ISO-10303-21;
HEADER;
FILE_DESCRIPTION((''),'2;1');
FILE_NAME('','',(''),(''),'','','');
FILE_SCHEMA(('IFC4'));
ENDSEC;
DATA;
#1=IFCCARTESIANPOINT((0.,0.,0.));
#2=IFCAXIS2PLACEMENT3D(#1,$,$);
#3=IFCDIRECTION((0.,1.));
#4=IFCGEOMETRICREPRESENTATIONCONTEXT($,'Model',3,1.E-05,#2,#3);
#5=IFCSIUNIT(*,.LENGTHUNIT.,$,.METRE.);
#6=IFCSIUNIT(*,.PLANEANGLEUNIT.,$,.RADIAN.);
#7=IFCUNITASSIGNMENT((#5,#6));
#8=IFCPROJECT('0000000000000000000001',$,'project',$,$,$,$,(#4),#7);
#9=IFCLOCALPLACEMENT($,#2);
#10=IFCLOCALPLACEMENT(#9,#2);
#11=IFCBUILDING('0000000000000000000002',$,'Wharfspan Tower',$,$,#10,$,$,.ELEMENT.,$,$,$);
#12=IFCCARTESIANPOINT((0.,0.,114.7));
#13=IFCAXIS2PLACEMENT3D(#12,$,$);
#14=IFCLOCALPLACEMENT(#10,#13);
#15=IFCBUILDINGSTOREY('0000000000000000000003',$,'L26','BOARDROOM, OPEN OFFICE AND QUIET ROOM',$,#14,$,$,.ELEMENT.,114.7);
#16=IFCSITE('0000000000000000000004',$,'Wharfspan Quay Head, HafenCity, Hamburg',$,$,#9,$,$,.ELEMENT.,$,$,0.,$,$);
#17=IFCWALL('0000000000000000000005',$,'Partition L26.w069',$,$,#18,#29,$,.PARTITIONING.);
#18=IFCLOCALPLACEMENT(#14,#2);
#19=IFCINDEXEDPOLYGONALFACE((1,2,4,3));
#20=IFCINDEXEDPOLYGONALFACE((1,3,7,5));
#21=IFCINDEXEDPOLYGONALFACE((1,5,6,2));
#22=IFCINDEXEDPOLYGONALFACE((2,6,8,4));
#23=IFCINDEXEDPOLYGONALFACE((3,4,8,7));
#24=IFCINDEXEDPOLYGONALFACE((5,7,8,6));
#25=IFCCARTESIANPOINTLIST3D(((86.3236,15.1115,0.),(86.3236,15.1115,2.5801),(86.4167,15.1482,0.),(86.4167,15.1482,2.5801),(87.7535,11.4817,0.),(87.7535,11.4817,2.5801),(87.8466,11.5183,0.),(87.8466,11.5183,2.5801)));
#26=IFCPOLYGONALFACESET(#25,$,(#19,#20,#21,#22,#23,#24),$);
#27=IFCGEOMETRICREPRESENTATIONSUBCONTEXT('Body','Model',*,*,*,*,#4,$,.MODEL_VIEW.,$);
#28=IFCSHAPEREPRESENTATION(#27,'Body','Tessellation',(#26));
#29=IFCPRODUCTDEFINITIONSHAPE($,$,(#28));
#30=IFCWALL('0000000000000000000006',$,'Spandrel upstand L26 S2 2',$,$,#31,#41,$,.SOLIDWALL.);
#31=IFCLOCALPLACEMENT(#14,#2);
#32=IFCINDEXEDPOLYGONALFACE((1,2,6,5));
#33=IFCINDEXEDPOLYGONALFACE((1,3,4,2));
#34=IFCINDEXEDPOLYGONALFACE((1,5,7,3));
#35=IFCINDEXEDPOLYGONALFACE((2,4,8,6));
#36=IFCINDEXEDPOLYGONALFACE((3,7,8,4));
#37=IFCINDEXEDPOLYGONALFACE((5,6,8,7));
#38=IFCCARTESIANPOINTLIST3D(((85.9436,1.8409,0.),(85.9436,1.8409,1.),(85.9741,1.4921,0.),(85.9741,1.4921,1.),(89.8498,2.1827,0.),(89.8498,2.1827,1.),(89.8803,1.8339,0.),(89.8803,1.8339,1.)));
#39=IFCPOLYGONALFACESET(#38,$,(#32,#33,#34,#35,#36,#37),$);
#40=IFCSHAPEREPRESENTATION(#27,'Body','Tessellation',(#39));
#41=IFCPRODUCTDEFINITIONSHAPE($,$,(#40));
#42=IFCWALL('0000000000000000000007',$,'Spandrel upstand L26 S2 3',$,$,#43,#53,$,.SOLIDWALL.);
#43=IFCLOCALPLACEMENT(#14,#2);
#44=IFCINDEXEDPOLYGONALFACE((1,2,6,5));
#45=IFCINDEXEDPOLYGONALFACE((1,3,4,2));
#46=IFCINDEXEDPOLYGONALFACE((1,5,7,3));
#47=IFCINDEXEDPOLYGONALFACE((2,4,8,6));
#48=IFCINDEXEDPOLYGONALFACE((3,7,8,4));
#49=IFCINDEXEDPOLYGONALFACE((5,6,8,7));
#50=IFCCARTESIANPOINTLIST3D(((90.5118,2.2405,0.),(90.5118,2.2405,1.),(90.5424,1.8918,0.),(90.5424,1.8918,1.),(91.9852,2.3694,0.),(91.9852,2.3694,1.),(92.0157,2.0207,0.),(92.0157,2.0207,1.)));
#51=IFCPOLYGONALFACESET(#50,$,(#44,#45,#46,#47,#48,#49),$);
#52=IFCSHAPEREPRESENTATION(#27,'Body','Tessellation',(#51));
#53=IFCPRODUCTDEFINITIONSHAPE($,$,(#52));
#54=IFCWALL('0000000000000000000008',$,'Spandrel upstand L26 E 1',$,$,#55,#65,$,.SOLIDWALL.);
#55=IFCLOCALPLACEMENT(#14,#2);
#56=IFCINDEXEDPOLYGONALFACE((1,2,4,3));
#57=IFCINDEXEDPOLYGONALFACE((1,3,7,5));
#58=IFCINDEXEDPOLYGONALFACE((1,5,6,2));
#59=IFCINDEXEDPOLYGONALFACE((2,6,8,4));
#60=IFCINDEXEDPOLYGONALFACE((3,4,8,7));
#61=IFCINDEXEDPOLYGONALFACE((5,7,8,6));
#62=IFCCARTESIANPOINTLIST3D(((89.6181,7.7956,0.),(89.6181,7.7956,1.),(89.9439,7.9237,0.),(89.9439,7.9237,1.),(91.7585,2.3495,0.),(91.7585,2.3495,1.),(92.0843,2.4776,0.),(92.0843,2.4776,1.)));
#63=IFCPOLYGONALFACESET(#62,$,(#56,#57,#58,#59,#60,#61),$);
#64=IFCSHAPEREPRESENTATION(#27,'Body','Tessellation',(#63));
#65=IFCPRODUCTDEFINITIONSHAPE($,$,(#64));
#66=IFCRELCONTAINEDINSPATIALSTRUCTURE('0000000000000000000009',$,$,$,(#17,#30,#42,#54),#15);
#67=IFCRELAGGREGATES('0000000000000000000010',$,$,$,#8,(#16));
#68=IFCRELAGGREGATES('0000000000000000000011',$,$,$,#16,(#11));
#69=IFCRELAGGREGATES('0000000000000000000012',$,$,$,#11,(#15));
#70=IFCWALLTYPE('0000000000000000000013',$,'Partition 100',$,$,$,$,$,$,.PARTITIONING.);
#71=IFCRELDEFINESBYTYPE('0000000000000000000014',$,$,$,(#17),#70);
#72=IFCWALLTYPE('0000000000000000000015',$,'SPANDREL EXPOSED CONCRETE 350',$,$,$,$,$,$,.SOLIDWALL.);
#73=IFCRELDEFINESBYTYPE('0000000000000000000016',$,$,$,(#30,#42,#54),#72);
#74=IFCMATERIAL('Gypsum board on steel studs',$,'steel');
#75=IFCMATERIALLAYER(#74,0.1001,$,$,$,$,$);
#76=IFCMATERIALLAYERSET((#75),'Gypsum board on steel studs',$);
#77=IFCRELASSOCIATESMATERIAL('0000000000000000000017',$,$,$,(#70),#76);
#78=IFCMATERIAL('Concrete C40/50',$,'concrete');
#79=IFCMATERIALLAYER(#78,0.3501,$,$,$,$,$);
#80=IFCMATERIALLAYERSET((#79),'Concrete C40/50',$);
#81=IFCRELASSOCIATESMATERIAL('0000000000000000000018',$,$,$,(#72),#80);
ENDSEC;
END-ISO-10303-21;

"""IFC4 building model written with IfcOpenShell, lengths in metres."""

from ifc_helpers import new_model, si_unit, direction, frame, frame_2d, origin, place, context, subcontext, project, spatial, rectangle, extrude, material, layer, layer_set, type_object, element, save


model = new_model("IFC4")

# Units and contexts
model_context = context("Model", 3, precision=1e-05, world=origin(), true_north=direction((0.0, 1.0)))
body_context = subcontext(model_context, "Body", "Model", "MODEL_VIEW")
ifc_project = project(units=[si_unit("LENGTHUNIT", "METRE"), si_unit("PLANEANGLEUNIT", "RADIAN")], contexts=[model_context])

# Site, building, storey
site_placement = place(None, origin())
site = spatial("IfcSite", under=ifc_project, at=site_placement, Name="Wharfspan Quay Head, HafenCity, Hamburg", CompositionType="ELEMENT", RefElevation=0.0)
building_placement = place(site_placement, origin())
building = spatial("IfcBuilding", under=site, at=building_placement, Name="Wharfspan Tower", CompositionType="ELEMENT")
storey_placement = place(building_placement, frame((0.0, 0.0, 114.7)))
storey = spatial("IfcBuildingStorey", under=building, at=storey_placement, Name="L26", Description="BOARDROOM, OPEN OFFICE AND QUIET ROOM", CompositionType="ELEMENT", Elevation=114.7)

# Walls
ifc_material_1 = material(Name="Gypsum board on steel studs", Category="steel")
ifc_layer_1 = layer(ifc_material_1, 0.1001)
ifc_layer_set_1 = layer_set([ifc_layer_1], Name="Gypsum board on steel studs")
wall_type_1 = type_object("IfcWallType", Name="Partition 100", PredefinedType="PARTITIONING", material=ifc_layer_set_1)
wall_1_placement = place(storey_placement, frame((87.8, 11.5, 0.0), z_axis=(0.0, 0.0, 1.0), x_axis=(-0.366521, 0.930414, 0.0)))
element("IfcWall", 1, at=wall_1_placement, inside=storey, type_object=wall_type_1, Name="Partition L26.w069", PredefinedType="PARTITIONING", context=body_context, shape_type="SweptSolid", body=[
    extrude(rectangle(XDim=3.9014, YDim=0.1001, at=frame_2d((1.9507, 0.0))), origin(), (0.0, 0.0, 1.0), 2.5801),
])
ifc_material_2 = material(Name="Concrete C40/50", Category="concrete")
ifc_layer_2 = layer(ifc_material_2, 0.3501)
ifc_layer_set_2 = layer_set([ifc_layer_2], Name="Concrete C40/50")
wall_type_2 = type_object("IfcWallType", Name="SPANDREL EXPOSED CONCRETE 350", PredefinedType="SOLIDWALL", material=ifc_layer_set_2)
wall_2_placement = place(storey_placement, frame((85.959, 1.6665, 0.0), z_axis=(0.0, 0.0, 1.0), x_axis=(0.996194, 0.087167, 0.0)))
element("IfcWall", 2, at=wall_2_placement, inside=storey, type_object=wall_type_2, Name="Spandrel upstand L26 S2 2", PredefinedType="SOLIDWALL", context=body_context, shape_type="SweptSolid", body=[
    extrude(rectangle(XDim=3.9211, YDim=0.3501, at=frame_2d((1.9604, 0.0))), origin(), (0.0, 0.0, 1.0), 1.0),
])
wall_3_placement = place(storey_placement, frame((90.5271, 2.0662, 0.0), z_axis=(0.0, 0.0, 1.0), x_axis=(0.996198, 0.087157, 0.0)))
element("IfcWall", 3, at=wall_3_placement, inside=storey, type_object=wall_type_2, Name="Spandrel upstand L26 S2 3", PredefinedType="SOLIDWALL", context=body_context, shape_type="SweptSolid", body=[
    extrude(rectangle(XDim=1.479, YDim=0.3501, at=frame_2d((0.7395, 0.0))), origin(), (0.0, 0.0, 1.0), 1.0),
])
wall_4_placement = place(storey_placement, frame((91.9214, 2.4136, 0.0), z_axis=(0.0, 0.0, 1.0), x_axis=(-0.36578, 0.930701, 0.0)))
element("IfcWall", 4, at=wall_4_placement, inside=storey, type_object=wall_type_2, Name="Spandrel upstand L26 E 1", PredefinedType="SOLIDWALL", context=body_context, shape_type="SweptSolid", body=[
    extrude(rectangle(XDim=5.8516, YDim=0.3501, at=frame_2d((2.9258, 0.0))), origin(), (0.0, 0.0, 1.0), 1.0),
])

save(model, "model.ifc")
